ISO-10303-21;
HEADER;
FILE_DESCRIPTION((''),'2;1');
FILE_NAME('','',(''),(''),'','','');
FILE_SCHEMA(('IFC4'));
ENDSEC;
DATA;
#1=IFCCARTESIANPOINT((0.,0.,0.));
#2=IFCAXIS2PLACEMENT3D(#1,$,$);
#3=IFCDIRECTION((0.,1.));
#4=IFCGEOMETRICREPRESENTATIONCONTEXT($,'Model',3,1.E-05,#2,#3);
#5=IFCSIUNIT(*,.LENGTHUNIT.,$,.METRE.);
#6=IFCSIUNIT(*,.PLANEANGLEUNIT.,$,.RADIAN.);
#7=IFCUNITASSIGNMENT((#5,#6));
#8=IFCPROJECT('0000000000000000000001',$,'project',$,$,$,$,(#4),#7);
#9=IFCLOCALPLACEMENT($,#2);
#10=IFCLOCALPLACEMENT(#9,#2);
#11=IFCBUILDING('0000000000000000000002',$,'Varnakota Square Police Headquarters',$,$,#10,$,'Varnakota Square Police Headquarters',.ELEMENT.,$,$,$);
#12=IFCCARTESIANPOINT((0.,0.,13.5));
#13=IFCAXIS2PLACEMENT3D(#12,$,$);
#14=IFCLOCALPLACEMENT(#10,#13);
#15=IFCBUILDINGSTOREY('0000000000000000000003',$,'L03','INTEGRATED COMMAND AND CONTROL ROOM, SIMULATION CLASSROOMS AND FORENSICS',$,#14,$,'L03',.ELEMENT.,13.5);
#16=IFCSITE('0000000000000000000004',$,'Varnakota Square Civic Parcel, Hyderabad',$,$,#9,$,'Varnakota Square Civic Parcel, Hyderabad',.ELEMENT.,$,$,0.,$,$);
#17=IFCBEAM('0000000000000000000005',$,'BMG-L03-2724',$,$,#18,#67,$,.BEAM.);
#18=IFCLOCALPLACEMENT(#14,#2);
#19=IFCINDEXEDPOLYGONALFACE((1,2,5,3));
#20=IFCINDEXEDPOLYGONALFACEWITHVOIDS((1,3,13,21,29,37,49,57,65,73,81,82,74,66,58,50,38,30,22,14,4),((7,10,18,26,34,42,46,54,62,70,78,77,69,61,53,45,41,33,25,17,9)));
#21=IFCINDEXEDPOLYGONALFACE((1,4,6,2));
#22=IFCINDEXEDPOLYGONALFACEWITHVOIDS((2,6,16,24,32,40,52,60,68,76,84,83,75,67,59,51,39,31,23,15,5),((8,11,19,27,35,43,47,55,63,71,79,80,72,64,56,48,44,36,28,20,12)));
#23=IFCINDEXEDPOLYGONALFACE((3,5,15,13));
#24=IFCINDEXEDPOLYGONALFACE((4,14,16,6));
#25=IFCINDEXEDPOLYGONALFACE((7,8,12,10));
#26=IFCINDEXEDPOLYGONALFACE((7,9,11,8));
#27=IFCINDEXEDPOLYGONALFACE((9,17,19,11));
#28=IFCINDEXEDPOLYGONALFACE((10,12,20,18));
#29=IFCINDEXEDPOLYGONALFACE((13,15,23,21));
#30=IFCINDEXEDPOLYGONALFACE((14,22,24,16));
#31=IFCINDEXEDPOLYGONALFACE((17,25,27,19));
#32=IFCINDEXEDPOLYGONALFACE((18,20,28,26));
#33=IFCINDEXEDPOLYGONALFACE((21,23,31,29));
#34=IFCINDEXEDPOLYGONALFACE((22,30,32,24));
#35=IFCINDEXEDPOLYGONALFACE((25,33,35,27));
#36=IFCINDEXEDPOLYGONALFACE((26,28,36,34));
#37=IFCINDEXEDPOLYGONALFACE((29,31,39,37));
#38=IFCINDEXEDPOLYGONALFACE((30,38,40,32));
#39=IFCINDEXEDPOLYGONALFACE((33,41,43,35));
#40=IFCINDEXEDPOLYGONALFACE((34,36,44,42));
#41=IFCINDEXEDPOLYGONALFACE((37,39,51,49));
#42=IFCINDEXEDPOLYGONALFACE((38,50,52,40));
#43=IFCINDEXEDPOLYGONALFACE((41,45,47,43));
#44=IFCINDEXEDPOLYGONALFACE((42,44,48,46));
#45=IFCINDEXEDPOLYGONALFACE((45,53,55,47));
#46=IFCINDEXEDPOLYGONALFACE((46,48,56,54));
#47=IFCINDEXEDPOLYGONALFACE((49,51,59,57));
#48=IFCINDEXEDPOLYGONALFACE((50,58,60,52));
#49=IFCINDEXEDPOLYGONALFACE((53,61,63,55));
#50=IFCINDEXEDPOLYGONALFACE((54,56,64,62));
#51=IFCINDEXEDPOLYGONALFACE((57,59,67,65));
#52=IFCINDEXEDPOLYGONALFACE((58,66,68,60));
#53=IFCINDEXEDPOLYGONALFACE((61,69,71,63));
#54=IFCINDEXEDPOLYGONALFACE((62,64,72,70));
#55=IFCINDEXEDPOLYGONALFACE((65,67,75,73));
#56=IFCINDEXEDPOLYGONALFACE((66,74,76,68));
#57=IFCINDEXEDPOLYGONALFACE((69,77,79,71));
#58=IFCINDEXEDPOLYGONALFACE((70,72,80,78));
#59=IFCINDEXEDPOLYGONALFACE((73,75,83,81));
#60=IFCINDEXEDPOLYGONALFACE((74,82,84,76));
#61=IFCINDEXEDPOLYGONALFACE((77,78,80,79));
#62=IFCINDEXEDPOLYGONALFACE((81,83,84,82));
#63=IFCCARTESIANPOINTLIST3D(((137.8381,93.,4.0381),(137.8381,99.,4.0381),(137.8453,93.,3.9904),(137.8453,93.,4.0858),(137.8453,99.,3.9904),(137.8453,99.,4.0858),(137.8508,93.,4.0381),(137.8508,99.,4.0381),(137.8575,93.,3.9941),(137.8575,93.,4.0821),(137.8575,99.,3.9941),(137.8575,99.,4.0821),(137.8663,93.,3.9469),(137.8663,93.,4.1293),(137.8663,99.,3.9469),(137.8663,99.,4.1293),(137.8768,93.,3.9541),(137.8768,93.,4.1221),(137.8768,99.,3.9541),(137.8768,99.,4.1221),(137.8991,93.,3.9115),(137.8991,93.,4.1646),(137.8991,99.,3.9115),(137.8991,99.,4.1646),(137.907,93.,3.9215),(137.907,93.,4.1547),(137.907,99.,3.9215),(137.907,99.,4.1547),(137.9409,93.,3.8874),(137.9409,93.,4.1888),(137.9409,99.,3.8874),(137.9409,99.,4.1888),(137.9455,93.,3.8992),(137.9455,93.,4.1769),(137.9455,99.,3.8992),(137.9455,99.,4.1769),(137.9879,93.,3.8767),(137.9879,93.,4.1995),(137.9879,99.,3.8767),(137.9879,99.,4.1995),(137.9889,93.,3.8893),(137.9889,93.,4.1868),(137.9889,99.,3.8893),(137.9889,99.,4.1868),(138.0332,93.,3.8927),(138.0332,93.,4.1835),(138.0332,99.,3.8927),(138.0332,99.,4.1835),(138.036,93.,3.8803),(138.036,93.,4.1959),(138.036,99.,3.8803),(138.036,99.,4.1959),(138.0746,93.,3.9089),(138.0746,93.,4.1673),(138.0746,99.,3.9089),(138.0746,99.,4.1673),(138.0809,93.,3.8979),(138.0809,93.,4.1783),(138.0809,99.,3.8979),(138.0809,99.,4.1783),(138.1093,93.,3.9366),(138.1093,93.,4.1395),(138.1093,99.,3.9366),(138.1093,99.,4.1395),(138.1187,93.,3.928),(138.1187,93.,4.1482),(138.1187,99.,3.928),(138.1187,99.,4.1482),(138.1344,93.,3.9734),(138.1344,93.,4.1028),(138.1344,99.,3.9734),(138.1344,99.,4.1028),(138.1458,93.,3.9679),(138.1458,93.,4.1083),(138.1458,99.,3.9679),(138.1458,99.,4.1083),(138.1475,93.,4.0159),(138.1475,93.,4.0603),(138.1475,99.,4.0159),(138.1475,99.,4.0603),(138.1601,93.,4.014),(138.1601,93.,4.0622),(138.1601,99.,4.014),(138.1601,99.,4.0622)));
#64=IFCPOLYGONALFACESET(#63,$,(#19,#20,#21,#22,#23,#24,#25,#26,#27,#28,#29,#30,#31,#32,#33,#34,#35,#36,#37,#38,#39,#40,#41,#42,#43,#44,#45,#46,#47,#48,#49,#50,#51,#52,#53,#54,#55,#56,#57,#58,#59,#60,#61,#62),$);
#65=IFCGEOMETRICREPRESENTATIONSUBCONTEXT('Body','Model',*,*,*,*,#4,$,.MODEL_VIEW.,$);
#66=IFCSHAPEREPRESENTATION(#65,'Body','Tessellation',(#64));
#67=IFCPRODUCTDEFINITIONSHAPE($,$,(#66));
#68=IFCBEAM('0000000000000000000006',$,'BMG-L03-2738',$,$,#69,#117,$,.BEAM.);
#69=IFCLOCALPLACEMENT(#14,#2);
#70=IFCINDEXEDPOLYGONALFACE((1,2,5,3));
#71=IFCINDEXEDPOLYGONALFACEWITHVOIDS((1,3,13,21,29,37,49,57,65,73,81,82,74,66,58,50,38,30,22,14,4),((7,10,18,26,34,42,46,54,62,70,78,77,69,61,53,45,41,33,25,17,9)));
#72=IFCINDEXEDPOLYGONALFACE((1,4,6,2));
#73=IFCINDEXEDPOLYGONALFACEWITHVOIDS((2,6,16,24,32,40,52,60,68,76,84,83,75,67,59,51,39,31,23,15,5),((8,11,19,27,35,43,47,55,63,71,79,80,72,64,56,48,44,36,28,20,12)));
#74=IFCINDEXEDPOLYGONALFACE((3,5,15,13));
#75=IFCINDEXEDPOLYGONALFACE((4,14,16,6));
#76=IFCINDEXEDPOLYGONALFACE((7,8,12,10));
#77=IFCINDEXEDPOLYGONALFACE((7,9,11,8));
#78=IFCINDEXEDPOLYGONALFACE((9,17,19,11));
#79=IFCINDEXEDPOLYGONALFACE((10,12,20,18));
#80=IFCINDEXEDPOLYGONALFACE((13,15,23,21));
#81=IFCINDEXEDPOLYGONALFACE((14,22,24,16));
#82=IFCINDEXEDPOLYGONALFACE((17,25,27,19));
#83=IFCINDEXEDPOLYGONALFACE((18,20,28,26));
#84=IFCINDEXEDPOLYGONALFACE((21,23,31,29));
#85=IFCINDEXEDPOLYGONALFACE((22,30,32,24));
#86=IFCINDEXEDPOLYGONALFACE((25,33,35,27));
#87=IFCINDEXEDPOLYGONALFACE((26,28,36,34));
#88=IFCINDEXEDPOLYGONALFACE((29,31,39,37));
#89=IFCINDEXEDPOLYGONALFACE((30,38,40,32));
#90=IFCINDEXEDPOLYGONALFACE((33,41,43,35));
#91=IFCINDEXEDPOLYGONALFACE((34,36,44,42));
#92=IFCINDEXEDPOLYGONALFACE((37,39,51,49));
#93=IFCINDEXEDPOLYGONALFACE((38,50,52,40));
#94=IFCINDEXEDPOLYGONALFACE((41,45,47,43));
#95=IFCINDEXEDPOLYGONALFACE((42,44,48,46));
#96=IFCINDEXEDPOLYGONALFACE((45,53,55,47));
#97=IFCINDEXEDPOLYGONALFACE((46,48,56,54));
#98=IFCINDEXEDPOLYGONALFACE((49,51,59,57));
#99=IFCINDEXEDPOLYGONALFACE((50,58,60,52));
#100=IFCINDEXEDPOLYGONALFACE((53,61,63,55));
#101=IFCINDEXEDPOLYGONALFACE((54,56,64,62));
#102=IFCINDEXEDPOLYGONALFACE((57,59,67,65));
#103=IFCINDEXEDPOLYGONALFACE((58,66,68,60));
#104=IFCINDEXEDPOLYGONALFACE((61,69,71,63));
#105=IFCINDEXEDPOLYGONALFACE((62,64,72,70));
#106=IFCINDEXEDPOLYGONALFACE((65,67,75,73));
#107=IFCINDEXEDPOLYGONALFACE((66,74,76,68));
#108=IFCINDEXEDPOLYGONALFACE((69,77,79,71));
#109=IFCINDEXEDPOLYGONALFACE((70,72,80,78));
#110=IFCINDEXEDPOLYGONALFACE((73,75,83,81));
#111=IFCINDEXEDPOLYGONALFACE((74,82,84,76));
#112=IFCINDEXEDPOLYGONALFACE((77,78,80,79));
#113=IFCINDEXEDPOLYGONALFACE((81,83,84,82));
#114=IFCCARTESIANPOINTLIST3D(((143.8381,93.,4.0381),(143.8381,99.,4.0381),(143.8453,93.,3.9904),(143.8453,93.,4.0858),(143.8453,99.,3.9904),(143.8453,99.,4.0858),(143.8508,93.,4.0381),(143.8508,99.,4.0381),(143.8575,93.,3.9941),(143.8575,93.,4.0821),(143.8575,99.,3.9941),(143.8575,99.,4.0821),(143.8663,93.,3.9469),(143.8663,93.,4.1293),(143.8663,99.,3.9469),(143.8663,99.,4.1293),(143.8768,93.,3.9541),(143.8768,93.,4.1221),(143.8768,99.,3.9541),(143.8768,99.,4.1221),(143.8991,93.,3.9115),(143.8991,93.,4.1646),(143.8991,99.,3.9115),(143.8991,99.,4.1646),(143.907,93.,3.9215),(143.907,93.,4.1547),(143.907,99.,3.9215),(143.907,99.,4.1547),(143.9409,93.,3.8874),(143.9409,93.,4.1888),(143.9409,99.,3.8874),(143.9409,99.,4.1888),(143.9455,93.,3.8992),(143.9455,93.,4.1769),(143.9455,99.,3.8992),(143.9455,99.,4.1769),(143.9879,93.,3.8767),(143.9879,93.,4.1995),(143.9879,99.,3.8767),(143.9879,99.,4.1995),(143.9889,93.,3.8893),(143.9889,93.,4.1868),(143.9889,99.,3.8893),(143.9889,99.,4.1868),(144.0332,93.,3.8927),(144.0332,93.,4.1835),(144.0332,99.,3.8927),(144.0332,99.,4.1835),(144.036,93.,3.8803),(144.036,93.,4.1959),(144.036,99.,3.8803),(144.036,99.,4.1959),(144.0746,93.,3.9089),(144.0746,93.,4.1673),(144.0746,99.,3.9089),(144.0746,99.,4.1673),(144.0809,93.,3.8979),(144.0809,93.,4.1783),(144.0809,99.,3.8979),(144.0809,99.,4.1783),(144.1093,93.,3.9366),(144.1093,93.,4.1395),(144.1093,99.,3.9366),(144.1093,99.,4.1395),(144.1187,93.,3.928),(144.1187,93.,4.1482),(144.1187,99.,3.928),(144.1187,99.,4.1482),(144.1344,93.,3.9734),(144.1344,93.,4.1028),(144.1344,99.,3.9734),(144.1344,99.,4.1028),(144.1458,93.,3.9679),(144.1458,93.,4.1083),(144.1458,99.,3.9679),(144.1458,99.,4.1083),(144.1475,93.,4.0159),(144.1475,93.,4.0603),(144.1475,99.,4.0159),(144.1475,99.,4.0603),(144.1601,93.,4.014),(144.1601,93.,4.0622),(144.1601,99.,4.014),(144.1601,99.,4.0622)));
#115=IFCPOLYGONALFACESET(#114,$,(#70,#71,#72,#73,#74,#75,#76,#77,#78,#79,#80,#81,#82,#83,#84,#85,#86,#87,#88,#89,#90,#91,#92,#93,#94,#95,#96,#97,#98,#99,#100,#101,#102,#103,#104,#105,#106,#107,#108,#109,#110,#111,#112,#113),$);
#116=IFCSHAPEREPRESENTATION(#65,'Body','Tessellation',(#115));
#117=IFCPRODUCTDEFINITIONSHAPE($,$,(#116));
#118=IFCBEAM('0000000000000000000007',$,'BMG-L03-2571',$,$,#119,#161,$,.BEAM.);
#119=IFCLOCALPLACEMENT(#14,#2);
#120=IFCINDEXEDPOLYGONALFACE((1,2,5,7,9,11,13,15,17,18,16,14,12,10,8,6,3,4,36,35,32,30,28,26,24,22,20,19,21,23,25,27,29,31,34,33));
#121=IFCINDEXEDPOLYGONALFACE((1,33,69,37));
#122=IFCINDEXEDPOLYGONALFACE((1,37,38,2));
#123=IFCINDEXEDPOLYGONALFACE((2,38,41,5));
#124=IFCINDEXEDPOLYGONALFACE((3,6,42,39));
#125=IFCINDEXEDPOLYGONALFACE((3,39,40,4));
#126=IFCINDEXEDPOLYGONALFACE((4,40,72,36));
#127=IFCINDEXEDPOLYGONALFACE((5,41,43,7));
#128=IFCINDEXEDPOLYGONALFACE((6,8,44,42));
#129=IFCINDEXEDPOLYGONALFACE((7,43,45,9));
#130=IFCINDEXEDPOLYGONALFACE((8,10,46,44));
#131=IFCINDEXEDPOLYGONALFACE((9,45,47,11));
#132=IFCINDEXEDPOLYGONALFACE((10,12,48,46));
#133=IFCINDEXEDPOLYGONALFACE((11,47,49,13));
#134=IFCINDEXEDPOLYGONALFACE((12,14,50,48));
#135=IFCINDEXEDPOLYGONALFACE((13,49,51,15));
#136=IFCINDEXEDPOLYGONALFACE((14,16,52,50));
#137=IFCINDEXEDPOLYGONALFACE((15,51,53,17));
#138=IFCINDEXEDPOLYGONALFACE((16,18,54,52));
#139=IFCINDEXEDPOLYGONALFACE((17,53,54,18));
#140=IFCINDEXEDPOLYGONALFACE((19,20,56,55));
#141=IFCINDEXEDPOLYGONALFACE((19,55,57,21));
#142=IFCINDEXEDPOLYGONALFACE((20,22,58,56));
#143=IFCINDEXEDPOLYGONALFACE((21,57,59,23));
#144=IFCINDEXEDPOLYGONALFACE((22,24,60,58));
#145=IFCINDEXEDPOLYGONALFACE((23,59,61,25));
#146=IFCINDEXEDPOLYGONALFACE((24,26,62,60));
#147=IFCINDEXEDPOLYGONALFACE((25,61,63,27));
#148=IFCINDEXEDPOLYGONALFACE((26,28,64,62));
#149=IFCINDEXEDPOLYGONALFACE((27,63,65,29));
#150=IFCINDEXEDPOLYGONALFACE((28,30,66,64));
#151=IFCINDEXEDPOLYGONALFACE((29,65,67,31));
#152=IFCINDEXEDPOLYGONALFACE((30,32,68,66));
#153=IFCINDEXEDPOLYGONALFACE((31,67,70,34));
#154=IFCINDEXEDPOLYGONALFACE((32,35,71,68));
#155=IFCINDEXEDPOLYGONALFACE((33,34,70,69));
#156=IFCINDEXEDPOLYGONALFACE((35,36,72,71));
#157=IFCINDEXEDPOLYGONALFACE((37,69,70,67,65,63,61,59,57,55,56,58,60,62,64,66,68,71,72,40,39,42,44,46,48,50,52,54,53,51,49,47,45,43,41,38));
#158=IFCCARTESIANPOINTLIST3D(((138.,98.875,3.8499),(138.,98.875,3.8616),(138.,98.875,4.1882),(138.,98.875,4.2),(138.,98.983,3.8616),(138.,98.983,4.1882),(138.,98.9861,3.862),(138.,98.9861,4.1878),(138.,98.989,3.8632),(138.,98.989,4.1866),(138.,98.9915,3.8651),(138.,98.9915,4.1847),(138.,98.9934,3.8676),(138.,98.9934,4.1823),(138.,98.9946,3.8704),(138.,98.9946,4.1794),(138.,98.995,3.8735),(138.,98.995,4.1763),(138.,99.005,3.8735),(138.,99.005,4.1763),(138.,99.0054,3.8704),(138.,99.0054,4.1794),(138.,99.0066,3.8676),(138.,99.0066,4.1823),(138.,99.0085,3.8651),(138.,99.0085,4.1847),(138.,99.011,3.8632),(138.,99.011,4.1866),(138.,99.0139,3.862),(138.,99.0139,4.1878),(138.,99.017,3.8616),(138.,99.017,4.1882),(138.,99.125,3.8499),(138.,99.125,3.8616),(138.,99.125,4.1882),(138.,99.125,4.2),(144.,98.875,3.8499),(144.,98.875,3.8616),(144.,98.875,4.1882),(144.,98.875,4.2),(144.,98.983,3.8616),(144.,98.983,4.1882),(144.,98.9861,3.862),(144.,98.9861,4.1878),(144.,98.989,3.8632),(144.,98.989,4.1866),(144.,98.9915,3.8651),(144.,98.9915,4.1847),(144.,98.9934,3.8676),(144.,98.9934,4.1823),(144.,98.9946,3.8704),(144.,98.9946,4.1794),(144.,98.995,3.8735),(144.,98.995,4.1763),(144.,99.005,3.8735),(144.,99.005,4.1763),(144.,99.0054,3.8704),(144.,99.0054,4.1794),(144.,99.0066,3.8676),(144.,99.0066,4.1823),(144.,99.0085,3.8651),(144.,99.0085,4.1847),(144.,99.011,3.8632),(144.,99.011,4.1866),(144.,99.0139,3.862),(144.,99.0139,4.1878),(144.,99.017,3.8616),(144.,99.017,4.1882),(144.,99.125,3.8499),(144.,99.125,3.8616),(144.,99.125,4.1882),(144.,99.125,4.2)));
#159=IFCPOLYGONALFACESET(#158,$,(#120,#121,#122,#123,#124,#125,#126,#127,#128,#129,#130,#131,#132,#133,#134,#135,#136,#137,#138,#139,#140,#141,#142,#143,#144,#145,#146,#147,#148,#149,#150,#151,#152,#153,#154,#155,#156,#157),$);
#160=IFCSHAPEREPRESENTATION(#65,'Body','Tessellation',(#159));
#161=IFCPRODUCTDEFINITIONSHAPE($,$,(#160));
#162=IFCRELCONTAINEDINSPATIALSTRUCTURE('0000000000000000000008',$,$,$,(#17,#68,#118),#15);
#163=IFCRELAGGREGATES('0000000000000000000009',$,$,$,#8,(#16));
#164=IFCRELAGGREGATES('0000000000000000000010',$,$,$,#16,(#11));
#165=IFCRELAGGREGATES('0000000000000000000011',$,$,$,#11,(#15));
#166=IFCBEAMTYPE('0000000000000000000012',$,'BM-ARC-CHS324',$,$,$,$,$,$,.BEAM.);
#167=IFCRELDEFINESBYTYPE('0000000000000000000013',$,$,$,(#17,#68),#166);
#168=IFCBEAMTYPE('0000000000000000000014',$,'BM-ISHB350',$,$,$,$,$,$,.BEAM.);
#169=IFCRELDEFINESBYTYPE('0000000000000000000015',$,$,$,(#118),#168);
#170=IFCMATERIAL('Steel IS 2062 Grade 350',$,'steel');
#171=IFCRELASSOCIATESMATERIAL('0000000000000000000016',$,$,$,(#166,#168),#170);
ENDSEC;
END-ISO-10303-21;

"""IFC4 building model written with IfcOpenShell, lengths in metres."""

from ifc_helpers import new_model, si_unit, direction, frame, origin, origin_2d, place, context, subcontext, project, spatial, hollow_circle, i_section, extrude, material, material_profile, profile_set, type_object, element, save


model = new_model("IFC4")

# Units and contexts
model_context = context("Model", 3, precision=1e-05, world=origin(), true_north=direction((0.0, 1.0)))
body_context = subcontext(model_context, "Body", "Model", "MODEL_VIEW")
ifc_project = project(units=[si_unit("LENGTHUNIT", "METRE"), si_unit("PLANEANGLEUNIT", "RADIAN")], contexts=[model_context])

# Site, building, storey
site_placement = place(None, origin())
site = spatial("IfcSite", under=ifc_project, at=site_placement, Name="Varnakota Square Civic Parcel, Hyderabad", LongName="Varnakota Square Civic Parcel, Hyderabad", CompositionType="ELEMENT", RefElevation=0.0)
building_placement = place(site_placement, origin())
building = spatial("IfcBuilding", under=site, at=building_placement, Name="Varnakota Square Police Headquarters", LongName="Varnakota Square Police Headquarters", CompositionType="ELEMENT")
storey_placement = place(building_placement, frame((0.0, 0.0, 13.5)))
storey = spatial("IfcBuildingStorey", under=building, at=storey_placement, Name="L03", Description="INTEGRATED COMMAND AND CONTROL ROOM, SIMULATION CLASSROOMS AND FORENSICS", LongName="L03", CompositionType="ELEMENT", Elevation=13.5)

# Shared definitions
ifc_material_1 = material(Name="Steel IS 2062 Grade 350", Category="steel")

# Beams
ifc_material_profile_1 = material_profile(ifc_material_1, hollow_circle(Radius=0.1619, WallThickness=0.0127, at=origin_2d()), Name="CHS 323.9x12.7")
ifc_profile_set_1 = profile_set([ifc_material_profile_1], Name="Steel IS 2062 Grade 350")
beam_type_1 = type_object("IfcBeamType", Name="BM-ARC-CHS324", PredefinedType="BEAM", material=ifc_profile_set_1)
for number, where, z_axis, x_axis, name in (
    (1, (138.0, 93.0, 4.0381), (0.0, 1.0, 0.0), (-1.0, 0.0, 0.0), "BMG-L03-2724"),
    (2, (144.0, 93.0, 4.0381), (0.0, 1.0, 0.0), (-1.0, 0.0, 0.0), "BMG-L03-2738"),
):
    element("IfcBeam", number, at=place(storey_placement, frame(where, z_axis=z_axis, x_axis=x_axis)), inside=storey, type_object=beam_type_1, Name=name, PredefinedType="BEAM", context=body_context, shape_type="SweptSolid", body=[
        extrude(hollow_circle(Radius=0.1619, WallThickness=0.0127, at=origin_2d()), origin(), (0.0, 0.0, 1.0), 6.0),
    ])
ifc_material_profile_2 = material_profile(ifc_material_1, i_section(OverallWidth=0.25, OverallDepth=0.3501, WebThickness=0.01, FlangeThickness=0.0117, FilletRadius=0.012, at=origin_2d()), Name="ISHB 350")
ifc_profile_set_2 = profile_set([ifc_material_profile_2], Name="Steel IS 2062 Grade 350")
beam_type_2 = type_object("IfcBeamType", Name="BM-ISHB350", PredefinedType="BEAM", material=ifc_profile_set_2)
beam_1_placement = place(storey_placement, frame((138.0, 99.0, 4.0249), z_axis=(1.0, 0.0, 0.0), x_axis=(0.0, 1.0, 0.0)))
element("IfcBeam", 3, at=beam_1_placement, inside=storey, type_object=beam_type_2, Name="BMG-L03-2571", PredefinedType="BEAM", context=body_context, shape_type="SweptSolid", body=[
    extrude(i_section(OverallWidth=0.25, OverallDepth=0.3501, WebThickness=0.01, FlangeThickness=0.0117, FilletRadius=0.012, at=origin_2d()), origin(), (0.0, 0.0, 1.0), 6.0),
])

save(model, "model.ifc")
